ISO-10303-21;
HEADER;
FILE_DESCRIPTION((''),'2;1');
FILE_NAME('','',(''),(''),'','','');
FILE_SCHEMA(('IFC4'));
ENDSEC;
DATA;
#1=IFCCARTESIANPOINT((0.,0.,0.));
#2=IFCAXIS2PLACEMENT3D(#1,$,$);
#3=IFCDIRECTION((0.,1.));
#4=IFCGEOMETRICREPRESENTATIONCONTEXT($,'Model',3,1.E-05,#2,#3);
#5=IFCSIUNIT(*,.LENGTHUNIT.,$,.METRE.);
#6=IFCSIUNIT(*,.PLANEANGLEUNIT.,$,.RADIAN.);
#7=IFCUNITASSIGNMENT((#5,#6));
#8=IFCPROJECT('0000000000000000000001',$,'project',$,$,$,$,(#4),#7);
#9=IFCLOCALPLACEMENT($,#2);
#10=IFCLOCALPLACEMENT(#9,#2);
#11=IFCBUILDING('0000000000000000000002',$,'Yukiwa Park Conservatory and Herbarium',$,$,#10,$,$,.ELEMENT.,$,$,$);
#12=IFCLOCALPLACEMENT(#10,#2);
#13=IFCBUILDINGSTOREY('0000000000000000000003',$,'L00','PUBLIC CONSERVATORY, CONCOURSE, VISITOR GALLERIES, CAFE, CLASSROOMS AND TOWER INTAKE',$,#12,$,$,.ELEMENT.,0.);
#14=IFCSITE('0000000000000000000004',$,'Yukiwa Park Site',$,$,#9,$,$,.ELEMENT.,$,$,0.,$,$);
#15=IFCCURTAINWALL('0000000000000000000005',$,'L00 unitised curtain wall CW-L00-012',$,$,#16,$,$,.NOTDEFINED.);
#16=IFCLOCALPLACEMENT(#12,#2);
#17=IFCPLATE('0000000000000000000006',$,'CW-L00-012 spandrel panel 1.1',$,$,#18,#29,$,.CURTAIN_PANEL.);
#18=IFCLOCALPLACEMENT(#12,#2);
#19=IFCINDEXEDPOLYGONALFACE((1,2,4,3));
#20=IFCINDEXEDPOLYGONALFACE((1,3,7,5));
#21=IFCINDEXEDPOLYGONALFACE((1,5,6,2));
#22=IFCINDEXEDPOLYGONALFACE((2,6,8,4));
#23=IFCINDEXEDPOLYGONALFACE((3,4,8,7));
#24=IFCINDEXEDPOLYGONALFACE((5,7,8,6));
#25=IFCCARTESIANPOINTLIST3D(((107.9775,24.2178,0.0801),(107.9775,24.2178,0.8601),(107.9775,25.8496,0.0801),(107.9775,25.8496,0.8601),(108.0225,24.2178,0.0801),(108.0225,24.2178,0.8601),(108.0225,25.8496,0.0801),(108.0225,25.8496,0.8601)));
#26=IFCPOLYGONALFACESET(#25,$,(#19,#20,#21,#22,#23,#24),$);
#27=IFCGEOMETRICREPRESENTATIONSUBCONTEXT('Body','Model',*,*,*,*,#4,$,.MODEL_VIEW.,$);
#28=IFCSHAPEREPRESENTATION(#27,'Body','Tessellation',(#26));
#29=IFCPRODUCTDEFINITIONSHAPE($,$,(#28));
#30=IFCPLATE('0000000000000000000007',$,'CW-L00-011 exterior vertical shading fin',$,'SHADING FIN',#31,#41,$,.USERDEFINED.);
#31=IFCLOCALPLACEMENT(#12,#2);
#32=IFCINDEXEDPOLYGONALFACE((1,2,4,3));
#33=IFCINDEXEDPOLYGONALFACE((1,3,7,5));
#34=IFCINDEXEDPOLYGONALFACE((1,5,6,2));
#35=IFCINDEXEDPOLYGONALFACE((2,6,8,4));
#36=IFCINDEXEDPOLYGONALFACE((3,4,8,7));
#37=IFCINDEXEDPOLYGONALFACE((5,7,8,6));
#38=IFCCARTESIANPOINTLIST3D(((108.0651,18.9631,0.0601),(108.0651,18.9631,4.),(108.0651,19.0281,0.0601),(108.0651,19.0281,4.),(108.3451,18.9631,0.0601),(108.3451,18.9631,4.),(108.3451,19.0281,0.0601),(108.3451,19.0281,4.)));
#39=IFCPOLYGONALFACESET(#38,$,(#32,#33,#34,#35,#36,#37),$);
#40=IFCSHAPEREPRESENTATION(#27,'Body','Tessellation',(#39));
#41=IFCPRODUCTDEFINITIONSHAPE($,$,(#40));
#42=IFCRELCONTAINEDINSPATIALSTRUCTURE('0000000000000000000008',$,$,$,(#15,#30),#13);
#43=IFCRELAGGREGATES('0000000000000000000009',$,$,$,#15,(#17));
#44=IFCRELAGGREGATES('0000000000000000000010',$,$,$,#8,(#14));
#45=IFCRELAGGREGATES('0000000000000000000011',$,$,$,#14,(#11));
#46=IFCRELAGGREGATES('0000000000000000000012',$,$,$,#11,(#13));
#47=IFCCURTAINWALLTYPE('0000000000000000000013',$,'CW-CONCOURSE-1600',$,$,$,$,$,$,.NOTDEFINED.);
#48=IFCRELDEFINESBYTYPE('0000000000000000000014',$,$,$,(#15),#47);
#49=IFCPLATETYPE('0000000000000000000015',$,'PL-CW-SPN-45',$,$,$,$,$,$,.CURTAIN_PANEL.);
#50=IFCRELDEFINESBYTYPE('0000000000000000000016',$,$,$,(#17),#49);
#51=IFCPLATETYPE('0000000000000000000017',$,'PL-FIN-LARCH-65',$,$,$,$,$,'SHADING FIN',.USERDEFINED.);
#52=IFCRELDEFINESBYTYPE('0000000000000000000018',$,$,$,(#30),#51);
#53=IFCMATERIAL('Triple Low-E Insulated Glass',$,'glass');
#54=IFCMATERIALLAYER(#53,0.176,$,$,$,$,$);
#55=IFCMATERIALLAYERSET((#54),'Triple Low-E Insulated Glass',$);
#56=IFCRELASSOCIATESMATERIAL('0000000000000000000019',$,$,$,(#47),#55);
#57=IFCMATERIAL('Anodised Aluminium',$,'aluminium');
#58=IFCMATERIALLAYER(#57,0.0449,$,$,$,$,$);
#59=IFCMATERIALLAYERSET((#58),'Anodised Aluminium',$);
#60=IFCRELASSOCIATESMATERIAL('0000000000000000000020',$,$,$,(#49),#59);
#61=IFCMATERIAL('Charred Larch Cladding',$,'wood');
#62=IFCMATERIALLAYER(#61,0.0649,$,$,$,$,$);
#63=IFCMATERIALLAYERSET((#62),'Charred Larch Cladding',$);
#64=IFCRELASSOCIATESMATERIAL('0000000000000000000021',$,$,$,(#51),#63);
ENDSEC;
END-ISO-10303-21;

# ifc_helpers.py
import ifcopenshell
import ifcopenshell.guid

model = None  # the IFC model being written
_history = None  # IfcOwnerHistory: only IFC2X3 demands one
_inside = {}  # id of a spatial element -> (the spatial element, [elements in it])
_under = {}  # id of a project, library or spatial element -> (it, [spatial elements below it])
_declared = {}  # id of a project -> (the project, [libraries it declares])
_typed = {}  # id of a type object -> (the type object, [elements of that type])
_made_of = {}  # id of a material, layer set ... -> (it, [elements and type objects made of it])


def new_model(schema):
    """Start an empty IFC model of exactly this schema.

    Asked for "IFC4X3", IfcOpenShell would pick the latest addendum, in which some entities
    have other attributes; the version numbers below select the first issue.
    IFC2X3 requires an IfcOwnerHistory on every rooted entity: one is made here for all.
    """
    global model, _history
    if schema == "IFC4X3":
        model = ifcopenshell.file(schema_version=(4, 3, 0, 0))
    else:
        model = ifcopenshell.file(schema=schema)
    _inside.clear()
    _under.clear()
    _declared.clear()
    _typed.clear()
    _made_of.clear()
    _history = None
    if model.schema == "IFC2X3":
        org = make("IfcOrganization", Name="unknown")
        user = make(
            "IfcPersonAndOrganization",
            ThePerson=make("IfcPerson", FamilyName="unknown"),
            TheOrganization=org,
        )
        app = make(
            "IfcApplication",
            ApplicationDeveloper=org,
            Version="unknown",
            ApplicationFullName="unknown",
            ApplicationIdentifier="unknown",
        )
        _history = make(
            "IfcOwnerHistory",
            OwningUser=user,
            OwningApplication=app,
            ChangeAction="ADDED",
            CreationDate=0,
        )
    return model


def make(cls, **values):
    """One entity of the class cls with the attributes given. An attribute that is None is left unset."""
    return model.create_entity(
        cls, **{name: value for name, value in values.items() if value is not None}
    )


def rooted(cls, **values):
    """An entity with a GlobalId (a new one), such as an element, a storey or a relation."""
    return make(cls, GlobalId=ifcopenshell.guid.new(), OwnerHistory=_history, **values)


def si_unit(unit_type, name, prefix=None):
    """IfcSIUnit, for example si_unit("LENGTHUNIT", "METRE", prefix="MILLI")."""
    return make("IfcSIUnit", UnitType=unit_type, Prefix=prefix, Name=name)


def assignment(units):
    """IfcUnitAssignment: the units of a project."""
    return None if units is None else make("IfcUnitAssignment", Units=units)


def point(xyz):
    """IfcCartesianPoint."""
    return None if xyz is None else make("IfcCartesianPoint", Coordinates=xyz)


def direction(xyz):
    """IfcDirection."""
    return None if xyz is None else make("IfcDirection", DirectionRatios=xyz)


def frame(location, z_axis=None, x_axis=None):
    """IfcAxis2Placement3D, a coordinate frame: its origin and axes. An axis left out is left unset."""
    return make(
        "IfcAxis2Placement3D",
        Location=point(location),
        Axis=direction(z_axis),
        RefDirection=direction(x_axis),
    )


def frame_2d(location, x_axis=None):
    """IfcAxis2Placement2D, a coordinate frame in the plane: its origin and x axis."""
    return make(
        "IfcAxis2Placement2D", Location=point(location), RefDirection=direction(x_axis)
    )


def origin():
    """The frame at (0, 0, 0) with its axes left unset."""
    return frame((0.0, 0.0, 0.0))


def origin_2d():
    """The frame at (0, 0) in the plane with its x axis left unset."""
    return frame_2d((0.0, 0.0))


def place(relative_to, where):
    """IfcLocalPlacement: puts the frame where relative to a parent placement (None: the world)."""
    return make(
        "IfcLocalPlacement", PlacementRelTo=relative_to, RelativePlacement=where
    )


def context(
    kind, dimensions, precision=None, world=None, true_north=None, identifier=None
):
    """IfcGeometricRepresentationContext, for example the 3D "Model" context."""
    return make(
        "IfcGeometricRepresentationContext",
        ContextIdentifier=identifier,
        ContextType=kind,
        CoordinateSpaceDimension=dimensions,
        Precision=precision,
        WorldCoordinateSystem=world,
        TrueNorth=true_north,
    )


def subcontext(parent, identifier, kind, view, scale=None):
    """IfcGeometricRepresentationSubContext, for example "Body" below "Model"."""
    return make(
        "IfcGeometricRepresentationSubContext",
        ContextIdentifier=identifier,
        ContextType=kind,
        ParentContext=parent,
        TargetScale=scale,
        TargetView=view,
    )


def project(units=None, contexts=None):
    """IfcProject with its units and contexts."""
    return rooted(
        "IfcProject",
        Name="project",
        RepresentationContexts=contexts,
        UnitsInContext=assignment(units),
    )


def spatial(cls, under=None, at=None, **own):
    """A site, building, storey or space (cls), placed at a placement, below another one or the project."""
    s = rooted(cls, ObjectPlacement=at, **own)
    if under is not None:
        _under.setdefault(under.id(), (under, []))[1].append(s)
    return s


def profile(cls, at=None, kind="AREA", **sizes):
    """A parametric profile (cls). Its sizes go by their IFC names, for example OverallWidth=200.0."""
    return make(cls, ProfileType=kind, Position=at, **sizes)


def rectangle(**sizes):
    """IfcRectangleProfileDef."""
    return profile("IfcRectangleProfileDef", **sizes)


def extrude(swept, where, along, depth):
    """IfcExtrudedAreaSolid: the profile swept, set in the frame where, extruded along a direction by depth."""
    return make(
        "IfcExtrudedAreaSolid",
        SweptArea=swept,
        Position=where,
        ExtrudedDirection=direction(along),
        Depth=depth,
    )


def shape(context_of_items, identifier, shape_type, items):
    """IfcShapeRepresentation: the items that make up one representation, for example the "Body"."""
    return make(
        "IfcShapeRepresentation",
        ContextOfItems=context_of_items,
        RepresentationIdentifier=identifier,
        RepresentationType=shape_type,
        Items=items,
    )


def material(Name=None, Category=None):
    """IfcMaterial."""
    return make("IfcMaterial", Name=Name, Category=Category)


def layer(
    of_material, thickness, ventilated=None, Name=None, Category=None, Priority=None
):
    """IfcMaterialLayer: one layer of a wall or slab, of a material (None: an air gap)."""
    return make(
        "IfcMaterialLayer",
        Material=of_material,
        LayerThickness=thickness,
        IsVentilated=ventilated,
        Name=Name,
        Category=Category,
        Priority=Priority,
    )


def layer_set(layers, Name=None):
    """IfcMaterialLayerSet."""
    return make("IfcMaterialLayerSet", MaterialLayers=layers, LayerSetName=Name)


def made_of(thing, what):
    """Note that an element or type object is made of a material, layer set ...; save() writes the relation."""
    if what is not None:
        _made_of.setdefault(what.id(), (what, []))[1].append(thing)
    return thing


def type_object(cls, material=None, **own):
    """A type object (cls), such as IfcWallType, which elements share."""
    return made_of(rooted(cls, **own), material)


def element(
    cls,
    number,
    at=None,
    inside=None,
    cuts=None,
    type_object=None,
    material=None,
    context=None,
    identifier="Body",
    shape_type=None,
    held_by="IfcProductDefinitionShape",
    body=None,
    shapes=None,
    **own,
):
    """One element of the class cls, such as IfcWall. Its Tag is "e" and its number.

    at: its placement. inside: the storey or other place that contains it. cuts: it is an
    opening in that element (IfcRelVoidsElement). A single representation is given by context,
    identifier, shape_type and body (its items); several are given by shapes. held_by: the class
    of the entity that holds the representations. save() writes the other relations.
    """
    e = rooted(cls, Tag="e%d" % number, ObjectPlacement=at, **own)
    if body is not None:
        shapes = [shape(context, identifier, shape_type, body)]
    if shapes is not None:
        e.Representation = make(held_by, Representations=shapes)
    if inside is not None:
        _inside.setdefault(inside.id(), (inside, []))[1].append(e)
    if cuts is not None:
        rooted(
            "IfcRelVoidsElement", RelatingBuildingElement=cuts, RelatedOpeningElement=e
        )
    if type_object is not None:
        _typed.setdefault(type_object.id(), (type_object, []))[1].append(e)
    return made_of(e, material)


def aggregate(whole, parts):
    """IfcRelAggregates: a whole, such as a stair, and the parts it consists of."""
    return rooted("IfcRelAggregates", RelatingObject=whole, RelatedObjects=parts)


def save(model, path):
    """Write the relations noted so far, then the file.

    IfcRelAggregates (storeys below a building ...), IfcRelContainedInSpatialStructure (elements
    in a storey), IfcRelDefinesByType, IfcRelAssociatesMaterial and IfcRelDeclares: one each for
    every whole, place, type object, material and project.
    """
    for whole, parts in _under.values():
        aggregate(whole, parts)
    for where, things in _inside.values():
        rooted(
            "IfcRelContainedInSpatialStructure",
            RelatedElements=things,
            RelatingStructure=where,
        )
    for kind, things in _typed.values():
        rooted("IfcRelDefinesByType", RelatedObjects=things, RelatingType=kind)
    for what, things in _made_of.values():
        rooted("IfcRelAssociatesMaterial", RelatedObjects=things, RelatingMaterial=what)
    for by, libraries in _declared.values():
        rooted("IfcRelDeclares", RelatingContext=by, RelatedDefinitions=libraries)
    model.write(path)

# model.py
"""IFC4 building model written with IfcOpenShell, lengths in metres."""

from ifc_helpers import new_model, si_unit, direction, frame, origin, origin_2d, place, context, subcontext, project, spatial, rectangle, extrude, material, layer, layer_set, type_object, element, aggregate, save


model = new_model("IFC4")

# Units and contexts
model_context = context("Model", 3, precision=1e-05, world=origin(), true_north=direction((0.0, 1.0)))
body_context = subcontext(model_context, "Body", "Model", "MODEL_VIEW")
ifc_project = project(units=[si_unit("LENGTHUNIT", "METRE"), si_unit("PLANEANGLEUNIT", "RADIAN")], contexts=[model_context])

# Site, building, storey
site_placement = place(None, origin())
site = spatial("IfcSite", under=ifc_project, at=site_placement, Name="Yukiwa Park Site", CompositionType="ELEMENT", RefElevation=0.0)
building_placement = place(site_placement, origin())
building = spatial("IfcBuilding", under=site, at=building_placement, Name="Yukiwa Park Conservatory and Herbarium", CompositionType="ELEMENT")
storey_placement = place(building_placement, origin())
storey = spatial("IfcBuildingStorey", under=building, at=storey_placement, Name="L00", Description="PUBLIC CONSERVATORY, CONCOURSE, VISITOR GALLERIES, CAFE, CLASSROOMS AND TOWER INTAKE", CompositionType="ELEMENT", Elevation=0.0)

# Curtain wall
ifc_material_1 = material(Name="Triple Low-E Insulated Glass", Category="glass")
ifc_layer_1 = layer(ifc_material_1, 0.176)
ifc_layer_set_1 = layer_set([ifc_layer_1], Name="Triple Low-E Insulated Glass")
curtain_wall_type = type_object("IfcCurtainWallType", Name="CW-CONCOURSE-1600", PredefinedType="NOTDEFINED", material=ifc_layer_set_1)
curtain_wall_1_placement = place(storey_placement, origin())
curtain_wall_1 = element("IfcCurtainWall", 1, at=curtain_wall_1_placement, inside=storey, type_object=curtain_wall_type, Name="L00 unitised curtain wall CW-L00-012", PredefinedType="NOTDEFINED")

# Plates
ifc_material_2 = material(Name="Anodised Aluminium", Category="aluminium")
ifc_layer_2 = layer(ifc_material_2, 0.0449)
ifc_layer_set_2 = layer_set([ifc_layer_2], Name="Anodised Aluminium")
plate_type_1 = type_object("IfcPlateType", Name="PL-CW-SPN-45", PredefinedType="CURTAIN_PANEL", material=ifc_layer_set_2)
plate_1_placement = place(storey_placement, frame((108.0, 25.0337, 0.0801), z_axis=(0.0, 0.0, 1.0), x_axis=(0.0, 1.0, 0.0)))
plate_1 = element("IfcPlate", 2, at=plate_1_placement, type_object=plate_type_1, Name="CW-L00-012 spandrel panel 1.1", PredefinedType="CURTAIN_PANEL", context=body_context, shape_type="SweptSolid", body=[
    extrude(rectangle(XDim=1.6318, YDim=0.0449, at=origin_2d()), origin(), (0.0, 0.0, 1.0), 0.78),
])
aggregate(curtain_wall_1, [plate_1])
ifc_material_3 = material(Name="Charred Larch Cladding", Category="wood")
ifc_layer_3 = layer(ifc_material_3, 0.0649)
ifc_layer_set_3 = layer_set([ifc_layer_3], Name="Charred Larch Cladding")
plate_type_2 = type_object("IfcPlateType", Name="PL-FIN-LARCH-65", ElementType="SHADING FIN", PredefinedType="USERDEFINED", material=ifc_layer_set_3)
plate_2_placement = place(storey_placement, frame((108.2051, 18.9956, 0.0601), z_axis=(0.0, 0.0, 1.0), x_axis=(0.0, 1.0, 0.0)))
element("IfcPlate", 3, at=plate_2_placement, inside=storey, type_object=plate_type_2, Name="CW-L00-011 exterior vertical shading fin", ObjectType="SHADING FIN", PredefinedType="USERDEFINED", context=body_context, shape_type="SweptSolid", body=[
    extrude(rectangle(XDim=0.0649, YDim=0.28, at=origin_2d()), origin(), (0.0, 0.0, 1.0), 3.9399),
])

save(model, "model.ifc")
